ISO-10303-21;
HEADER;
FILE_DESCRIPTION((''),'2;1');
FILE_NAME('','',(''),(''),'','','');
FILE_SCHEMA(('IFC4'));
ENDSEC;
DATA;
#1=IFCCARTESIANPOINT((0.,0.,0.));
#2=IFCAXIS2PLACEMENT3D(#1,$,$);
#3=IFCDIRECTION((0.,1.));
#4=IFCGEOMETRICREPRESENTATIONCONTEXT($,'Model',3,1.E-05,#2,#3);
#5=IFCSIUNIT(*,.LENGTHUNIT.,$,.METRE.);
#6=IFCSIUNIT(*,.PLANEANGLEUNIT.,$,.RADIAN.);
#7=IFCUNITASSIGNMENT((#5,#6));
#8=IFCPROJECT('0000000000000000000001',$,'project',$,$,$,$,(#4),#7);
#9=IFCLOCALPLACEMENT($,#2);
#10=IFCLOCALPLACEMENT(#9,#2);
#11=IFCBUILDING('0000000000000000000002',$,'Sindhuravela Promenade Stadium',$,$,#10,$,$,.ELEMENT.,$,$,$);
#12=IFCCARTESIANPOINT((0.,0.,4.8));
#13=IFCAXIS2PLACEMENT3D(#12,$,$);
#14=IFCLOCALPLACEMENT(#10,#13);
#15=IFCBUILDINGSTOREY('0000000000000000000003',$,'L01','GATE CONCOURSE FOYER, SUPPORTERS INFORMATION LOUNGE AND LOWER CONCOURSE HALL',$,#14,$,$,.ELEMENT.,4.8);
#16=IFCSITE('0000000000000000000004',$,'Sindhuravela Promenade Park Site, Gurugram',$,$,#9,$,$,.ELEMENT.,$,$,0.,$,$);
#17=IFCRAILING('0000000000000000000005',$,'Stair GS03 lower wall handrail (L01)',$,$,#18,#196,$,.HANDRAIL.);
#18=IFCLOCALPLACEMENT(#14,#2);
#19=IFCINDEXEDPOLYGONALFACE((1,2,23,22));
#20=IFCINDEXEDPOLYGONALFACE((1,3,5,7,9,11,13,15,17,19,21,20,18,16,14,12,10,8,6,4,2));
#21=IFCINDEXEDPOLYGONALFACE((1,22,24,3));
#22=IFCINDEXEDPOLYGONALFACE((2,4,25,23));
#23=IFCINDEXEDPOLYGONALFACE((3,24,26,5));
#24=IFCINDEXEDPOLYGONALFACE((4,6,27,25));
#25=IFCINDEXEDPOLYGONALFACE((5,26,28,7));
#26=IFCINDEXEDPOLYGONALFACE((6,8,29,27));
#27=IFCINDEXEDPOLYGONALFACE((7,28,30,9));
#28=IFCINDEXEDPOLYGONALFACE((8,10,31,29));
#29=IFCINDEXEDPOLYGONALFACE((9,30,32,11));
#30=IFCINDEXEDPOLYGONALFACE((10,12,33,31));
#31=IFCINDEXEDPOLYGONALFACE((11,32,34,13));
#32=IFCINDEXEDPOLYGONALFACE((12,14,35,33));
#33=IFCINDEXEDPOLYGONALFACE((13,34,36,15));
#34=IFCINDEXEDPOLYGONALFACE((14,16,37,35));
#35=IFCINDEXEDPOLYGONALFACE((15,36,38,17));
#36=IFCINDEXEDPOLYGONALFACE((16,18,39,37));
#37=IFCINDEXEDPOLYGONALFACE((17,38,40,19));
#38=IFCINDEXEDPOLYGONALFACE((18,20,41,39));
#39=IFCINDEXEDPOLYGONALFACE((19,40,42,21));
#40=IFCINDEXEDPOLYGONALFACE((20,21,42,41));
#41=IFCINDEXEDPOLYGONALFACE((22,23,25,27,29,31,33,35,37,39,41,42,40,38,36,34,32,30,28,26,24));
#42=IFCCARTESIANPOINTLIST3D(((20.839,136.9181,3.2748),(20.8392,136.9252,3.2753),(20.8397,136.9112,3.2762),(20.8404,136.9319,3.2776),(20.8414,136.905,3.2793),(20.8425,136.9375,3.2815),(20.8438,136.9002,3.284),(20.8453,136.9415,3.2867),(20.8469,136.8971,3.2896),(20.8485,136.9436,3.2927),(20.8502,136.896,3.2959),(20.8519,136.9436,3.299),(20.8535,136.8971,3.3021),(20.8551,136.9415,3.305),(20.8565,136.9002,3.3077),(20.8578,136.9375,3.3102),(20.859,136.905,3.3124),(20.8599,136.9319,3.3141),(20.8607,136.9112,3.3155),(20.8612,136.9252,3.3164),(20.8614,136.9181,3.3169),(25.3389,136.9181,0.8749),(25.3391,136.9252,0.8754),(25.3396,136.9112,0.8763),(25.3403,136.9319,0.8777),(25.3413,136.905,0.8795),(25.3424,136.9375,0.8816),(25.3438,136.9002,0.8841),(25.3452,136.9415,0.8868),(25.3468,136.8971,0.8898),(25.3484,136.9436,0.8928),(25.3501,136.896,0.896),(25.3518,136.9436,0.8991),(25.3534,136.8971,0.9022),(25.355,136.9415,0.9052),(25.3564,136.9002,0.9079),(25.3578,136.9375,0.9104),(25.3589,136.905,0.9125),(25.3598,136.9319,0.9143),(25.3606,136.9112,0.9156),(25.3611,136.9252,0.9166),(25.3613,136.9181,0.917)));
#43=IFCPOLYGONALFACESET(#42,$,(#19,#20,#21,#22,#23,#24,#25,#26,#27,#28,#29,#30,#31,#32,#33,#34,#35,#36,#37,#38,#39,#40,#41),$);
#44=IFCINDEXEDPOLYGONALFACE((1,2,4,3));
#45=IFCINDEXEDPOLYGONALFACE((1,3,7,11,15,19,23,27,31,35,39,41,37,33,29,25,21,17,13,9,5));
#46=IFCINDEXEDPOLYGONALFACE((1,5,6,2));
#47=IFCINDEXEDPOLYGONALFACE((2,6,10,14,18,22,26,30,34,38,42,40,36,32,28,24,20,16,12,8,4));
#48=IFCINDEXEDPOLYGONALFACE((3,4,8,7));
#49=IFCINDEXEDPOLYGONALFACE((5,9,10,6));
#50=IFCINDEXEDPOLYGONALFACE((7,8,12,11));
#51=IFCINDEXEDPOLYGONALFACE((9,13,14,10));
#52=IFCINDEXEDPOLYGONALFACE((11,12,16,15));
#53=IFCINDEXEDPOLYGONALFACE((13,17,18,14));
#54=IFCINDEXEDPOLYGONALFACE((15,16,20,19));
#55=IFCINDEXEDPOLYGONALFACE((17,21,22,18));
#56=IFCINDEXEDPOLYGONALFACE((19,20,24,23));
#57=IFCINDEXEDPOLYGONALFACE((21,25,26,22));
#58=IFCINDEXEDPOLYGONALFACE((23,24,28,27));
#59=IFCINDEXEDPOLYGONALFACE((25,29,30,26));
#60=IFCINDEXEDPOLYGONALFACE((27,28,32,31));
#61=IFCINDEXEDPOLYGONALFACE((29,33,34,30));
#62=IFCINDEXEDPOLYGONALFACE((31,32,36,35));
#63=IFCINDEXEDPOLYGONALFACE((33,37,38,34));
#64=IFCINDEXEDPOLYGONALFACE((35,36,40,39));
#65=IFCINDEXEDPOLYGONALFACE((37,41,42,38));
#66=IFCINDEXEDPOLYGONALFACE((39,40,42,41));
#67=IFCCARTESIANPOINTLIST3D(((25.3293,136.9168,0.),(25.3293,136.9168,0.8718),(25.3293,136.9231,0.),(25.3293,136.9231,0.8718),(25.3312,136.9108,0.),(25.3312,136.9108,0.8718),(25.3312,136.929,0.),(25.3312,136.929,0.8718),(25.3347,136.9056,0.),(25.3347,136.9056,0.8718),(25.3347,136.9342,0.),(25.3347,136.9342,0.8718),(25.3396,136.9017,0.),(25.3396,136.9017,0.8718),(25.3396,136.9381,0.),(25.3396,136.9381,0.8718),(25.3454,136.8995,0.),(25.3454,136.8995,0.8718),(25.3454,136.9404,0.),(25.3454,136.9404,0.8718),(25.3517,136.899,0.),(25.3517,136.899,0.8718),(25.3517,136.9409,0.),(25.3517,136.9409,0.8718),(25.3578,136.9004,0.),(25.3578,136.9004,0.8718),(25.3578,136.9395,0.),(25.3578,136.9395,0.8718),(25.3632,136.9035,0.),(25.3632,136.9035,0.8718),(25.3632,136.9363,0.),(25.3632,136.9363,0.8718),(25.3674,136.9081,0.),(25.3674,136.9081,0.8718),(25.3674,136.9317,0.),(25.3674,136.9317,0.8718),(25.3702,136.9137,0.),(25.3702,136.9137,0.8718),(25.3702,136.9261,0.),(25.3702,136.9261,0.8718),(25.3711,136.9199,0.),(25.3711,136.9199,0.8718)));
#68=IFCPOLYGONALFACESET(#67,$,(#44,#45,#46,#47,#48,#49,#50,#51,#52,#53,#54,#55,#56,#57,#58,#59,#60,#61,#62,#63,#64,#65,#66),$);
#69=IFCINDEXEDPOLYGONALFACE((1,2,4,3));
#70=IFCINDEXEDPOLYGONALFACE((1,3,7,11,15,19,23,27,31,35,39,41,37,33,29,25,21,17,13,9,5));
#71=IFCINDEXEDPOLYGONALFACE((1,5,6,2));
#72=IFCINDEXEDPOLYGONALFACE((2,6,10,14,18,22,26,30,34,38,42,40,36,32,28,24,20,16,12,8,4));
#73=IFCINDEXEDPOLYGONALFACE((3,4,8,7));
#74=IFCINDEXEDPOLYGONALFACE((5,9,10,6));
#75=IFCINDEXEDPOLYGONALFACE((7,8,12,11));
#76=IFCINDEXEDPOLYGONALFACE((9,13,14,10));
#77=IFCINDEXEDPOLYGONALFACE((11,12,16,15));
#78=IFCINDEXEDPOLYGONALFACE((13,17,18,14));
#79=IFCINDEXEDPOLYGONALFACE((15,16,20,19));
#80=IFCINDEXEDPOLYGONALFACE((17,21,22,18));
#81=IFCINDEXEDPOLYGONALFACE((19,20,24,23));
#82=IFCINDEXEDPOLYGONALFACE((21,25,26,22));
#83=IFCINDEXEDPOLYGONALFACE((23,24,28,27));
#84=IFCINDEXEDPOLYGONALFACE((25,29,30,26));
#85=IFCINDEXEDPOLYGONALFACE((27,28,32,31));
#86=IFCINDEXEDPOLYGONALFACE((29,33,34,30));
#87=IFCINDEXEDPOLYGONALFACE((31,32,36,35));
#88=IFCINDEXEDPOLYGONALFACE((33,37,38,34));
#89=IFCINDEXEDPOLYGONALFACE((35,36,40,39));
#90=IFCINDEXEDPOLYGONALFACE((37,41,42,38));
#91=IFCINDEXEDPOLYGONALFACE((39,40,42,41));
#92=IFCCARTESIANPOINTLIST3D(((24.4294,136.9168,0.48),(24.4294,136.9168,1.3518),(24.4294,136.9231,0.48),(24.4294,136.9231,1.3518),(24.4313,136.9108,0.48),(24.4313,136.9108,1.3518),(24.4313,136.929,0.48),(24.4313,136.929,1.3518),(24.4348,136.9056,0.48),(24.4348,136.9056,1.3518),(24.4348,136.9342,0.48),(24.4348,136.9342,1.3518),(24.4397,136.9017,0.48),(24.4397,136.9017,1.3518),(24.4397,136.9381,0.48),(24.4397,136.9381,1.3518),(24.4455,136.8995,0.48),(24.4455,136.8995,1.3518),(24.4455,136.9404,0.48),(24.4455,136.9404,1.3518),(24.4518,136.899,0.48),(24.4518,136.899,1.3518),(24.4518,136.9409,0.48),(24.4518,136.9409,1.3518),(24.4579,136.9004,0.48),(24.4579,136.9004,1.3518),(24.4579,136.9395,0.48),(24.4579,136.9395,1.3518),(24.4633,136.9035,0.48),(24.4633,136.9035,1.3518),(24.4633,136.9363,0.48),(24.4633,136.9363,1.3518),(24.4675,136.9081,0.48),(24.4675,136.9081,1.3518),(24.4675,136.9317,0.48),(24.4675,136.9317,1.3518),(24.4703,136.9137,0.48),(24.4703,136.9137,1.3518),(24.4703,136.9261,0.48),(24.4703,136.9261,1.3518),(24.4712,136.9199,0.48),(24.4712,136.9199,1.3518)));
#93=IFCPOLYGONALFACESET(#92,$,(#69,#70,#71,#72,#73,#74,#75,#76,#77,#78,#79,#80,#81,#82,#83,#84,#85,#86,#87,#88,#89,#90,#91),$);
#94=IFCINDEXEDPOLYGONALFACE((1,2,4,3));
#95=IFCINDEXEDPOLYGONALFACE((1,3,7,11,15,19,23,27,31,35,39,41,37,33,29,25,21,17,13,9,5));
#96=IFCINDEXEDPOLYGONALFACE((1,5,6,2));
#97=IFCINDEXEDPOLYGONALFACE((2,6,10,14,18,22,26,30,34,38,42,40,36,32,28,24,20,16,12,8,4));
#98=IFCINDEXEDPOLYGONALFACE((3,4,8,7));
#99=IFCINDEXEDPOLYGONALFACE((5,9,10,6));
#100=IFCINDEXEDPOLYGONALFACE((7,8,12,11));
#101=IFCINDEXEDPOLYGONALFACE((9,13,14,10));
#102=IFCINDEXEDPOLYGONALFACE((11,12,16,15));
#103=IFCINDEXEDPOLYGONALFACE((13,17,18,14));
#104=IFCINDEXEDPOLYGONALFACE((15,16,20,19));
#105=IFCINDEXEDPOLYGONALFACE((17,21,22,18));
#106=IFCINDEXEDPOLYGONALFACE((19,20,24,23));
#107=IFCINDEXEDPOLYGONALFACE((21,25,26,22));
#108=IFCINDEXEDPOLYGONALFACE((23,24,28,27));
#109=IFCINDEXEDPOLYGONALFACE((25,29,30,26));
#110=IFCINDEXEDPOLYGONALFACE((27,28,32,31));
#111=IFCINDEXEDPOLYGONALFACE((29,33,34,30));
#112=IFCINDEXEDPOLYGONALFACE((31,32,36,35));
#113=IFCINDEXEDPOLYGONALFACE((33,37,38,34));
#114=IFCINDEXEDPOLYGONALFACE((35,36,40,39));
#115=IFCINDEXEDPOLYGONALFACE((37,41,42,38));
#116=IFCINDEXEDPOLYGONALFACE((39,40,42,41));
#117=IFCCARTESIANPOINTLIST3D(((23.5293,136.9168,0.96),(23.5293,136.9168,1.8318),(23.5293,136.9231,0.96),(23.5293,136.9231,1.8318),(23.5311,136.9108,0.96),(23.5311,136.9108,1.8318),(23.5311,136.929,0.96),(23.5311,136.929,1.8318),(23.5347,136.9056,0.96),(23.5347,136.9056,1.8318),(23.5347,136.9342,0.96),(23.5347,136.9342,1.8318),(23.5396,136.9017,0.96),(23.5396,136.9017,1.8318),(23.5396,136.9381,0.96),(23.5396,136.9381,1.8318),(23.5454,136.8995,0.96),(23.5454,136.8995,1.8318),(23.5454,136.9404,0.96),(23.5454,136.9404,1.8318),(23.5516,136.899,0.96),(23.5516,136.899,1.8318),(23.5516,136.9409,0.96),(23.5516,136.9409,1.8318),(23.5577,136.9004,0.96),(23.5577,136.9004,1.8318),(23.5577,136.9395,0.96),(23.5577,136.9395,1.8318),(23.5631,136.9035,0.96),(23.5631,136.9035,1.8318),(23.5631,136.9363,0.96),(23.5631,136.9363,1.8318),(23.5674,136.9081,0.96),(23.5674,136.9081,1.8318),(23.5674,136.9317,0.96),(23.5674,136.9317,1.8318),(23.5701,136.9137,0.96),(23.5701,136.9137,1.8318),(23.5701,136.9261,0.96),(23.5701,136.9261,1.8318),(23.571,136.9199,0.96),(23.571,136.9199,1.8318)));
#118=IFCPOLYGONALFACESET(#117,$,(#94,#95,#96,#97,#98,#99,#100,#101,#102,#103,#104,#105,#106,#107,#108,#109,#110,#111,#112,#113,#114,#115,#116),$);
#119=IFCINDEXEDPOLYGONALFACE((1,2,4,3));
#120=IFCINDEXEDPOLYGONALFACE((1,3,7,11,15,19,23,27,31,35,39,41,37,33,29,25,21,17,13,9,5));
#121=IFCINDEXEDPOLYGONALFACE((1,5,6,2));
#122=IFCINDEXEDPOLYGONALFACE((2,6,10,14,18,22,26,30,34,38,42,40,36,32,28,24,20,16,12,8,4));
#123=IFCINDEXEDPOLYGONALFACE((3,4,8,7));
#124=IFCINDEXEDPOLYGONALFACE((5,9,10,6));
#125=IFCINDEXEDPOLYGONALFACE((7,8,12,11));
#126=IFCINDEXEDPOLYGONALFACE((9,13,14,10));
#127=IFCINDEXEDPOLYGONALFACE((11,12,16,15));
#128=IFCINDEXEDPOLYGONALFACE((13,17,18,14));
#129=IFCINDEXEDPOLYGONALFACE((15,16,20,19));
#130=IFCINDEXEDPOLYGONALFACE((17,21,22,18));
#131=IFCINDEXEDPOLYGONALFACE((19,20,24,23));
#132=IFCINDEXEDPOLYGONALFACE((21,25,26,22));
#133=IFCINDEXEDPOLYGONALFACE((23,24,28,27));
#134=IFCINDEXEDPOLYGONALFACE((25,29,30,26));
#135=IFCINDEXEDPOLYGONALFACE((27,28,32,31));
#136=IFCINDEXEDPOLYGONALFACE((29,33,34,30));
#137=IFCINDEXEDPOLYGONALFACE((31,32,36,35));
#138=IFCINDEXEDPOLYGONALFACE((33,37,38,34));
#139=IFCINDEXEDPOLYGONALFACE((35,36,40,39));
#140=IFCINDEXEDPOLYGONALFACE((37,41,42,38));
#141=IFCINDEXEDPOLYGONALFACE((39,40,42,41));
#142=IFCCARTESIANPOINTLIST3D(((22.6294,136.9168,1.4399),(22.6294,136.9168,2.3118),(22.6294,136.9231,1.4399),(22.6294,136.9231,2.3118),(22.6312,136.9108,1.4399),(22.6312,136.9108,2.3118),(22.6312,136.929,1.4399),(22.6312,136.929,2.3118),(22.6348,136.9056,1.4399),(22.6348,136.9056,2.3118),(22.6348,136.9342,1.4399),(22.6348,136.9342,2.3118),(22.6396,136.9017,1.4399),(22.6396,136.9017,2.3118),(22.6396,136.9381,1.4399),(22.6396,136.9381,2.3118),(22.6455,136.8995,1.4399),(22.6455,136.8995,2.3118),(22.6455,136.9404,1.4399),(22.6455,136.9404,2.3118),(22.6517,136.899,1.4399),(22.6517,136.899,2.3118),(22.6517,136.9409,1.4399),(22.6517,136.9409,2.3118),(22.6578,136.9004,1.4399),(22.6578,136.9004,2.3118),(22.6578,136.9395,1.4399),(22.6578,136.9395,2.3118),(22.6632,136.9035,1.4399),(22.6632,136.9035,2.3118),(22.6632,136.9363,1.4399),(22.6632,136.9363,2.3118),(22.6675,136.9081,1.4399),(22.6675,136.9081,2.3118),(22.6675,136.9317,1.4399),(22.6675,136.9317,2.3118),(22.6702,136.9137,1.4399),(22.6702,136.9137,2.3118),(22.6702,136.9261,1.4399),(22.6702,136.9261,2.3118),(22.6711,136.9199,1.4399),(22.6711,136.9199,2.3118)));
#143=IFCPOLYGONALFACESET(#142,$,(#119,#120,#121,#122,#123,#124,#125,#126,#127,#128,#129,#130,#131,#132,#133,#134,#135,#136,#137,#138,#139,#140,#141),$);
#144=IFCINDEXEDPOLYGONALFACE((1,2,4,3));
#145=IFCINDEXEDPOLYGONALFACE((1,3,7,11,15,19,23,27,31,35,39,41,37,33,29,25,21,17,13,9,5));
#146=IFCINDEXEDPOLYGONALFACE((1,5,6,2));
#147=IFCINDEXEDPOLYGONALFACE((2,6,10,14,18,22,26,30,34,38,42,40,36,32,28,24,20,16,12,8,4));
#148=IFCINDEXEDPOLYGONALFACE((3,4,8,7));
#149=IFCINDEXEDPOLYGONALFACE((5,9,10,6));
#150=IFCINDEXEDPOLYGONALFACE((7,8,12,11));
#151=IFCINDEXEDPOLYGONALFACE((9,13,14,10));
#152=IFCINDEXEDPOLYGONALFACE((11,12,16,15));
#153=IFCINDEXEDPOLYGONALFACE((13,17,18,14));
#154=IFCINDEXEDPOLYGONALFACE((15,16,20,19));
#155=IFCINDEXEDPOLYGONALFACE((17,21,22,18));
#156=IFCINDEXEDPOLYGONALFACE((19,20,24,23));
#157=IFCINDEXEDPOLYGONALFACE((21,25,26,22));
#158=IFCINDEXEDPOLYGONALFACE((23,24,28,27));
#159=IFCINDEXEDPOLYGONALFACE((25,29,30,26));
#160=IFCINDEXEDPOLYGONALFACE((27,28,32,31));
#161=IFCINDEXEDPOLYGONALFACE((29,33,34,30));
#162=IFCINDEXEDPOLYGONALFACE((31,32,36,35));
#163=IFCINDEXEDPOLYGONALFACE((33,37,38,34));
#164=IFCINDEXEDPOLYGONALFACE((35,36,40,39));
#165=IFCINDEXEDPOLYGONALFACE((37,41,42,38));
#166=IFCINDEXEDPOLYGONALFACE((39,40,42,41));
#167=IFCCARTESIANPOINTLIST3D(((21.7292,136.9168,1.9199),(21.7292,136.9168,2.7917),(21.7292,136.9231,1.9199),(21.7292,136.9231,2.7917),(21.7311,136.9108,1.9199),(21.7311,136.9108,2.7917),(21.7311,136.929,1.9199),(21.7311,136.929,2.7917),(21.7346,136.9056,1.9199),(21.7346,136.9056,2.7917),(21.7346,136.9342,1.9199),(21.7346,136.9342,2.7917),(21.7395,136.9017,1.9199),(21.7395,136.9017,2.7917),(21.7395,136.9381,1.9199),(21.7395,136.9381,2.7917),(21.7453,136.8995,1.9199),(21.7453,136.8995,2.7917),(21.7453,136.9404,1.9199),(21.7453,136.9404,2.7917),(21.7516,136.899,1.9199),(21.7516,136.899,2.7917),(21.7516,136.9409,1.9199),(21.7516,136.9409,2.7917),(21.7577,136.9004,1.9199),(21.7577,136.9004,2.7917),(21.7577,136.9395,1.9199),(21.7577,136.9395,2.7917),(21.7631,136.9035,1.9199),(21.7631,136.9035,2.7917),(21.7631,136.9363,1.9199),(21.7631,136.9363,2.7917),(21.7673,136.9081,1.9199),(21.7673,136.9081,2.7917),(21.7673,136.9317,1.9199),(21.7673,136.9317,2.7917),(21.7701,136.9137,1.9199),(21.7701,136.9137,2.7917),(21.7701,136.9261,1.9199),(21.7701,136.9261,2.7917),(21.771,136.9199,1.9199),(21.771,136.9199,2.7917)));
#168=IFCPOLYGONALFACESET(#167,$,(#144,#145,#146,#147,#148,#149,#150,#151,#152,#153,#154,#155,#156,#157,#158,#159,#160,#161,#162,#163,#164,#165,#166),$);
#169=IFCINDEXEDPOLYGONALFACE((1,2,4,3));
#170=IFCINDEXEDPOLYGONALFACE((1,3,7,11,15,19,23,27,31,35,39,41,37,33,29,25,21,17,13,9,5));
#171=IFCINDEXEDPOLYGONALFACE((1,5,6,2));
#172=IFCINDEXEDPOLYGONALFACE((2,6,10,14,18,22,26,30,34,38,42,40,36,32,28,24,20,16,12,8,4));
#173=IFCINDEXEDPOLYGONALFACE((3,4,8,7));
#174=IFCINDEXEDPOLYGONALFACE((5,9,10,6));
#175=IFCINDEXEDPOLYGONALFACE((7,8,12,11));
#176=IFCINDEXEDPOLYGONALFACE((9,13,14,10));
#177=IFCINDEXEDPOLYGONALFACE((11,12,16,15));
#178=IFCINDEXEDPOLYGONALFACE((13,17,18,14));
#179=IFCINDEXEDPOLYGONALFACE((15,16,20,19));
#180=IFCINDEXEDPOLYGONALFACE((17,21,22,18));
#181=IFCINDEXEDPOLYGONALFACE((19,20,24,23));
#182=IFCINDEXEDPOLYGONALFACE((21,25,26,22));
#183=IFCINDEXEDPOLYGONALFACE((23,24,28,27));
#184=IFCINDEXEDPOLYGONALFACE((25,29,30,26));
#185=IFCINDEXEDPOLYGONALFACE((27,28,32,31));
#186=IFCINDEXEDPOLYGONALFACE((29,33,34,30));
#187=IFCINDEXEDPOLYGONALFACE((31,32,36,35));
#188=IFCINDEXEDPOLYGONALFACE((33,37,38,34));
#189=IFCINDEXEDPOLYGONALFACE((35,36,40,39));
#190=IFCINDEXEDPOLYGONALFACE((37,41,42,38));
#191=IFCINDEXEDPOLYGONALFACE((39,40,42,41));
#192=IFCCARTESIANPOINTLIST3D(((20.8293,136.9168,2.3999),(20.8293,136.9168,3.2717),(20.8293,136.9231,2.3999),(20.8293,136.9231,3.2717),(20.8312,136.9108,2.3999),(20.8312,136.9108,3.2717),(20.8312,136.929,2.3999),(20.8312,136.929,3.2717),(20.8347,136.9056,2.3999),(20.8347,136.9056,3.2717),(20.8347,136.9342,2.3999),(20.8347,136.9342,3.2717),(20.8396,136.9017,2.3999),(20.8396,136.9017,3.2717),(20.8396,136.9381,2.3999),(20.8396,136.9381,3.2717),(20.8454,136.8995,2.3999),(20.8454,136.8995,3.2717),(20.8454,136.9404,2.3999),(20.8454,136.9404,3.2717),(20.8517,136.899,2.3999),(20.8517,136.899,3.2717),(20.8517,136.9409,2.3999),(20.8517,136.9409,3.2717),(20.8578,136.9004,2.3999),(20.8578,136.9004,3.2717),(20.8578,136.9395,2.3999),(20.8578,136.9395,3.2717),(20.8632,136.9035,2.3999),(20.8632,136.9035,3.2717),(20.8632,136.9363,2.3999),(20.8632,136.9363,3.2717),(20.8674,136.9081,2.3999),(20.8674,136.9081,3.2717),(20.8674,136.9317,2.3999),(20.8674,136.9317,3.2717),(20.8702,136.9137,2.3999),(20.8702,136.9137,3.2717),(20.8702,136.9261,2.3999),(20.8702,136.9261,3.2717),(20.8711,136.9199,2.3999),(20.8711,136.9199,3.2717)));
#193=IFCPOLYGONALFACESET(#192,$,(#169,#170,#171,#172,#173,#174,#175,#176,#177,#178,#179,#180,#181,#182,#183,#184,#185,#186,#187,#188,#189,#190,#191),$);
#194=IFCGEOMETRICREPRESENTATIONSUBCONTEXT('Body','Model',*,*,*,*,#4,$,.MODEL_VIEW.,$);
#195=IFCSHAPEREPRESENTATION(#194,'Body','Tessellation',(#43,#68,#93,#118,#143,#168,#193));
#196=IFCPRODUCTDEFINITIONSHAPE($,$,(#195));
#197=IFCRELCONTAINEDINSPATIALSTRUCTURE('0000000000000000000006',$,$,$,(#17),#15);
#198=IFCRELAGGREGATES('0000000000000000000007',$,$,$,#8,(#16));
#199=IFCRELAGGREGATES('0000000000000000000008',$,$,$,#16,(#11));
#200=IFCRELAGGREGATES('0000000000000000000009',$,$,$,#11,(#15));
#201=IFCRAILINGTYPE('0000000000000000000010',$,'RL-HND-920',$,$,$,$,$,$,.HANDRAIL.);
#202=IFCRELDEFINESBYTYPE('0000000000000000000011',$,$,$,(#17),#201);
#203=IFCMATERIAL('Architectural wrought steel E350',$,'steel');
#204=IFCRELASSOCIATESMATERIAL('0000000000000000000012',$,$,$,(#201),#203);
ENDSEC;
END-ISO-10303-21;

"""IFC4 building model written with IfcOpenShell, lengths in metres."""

from ifc_helpers import new_model, si_unit, direction, frame, origin, origin_2d, place, context, subcontext, project, spatial, circle, extrude, material, type_object, element, save


model = new_model("IFC4")

# Units and contexts
model_context = context("Model", 3, precision=1e-05, world=origin(), true_north=direction((0.0, 1.0)))
body_context = subcontext(model_context, "Body", "Model", "MODEL_VIEW")
ifc_project = project(units=[si_unit("LENGTHUNIT", "METRE"), si_unit("PLANEANGLEUNIT", "RADIAN")], contexts=[model_context])

# Site, building, storey
site_placement = place(None, origin())
site = spatial("IfcSite", under=ifc_project, at=site_placement, Name="Sindhuravela Promenade Park Site, Gurugram", CompositionType="ELEMENT", RefElevation=0.0)
building_placement = place(site_placement, origin())
building = spatial("IfcBuilding", under=site, at=building_placement, Name="Sindhuravela Promenade Stadium", CompositionType="ELEMENT")
storey_placement = place(building_placement, frame((0.0, 0.0, 4.8)))
storey = spatial("IfcBuildingStorey", under=building, at=storey_placement, Name="L01", Description="GATE CONCOURSE FOYER, SUPPORTERS INFORMATION LOUNGE AND LOWER CONCOURSE HALL", CompositionType="ELEMENT", Elevation=4.8)

# Shared definitions
ifc_material_1 = material(Name="Architectural wrought steel E350", Category="steel")

# Railing
railing_type_1 = type_object("IfcRailingType", Name="RL-HND-920", PredefinedType="HANDRAIL", material=ifc_material_1)
railing_1_placement = place(storey_placement, frame((25.3501, 136.9199, 0.0)))
element("IfcRailing", 1, at=railing_1_placement, inside=storey, type_object=railing_type_1, Name="Stair GS03 lower wall handrail (L01)", PredefinedType="HANDRAIL", context=body_context, shape_type="SweptSolid", body=[
    extrude(circle(Radius=0.0239, at=origin_2d()), frame((0.0, 0.0, 0.896), z_axis=(-0.882361, 0.0, 0.470573), x_axis=(0.0, -1.0, 0.0)), (0.0, 0.0, 1.0), 5.0999),
    extrude(circle(Radius=0.021, at=origin_2d()), origin(), (0.0, 0.0, 1.0), 0.8718),
    extrude(circle(Radius=0.021, at=origin_2d()), frame((-0.8999, 0.0, 0.48)), (0.0, 0.0, 1.0), 0.8718),
    extrude(circle(Radius=0.021, at=origin_2d()), frame((-1.8, 0.0, 0.96)), (0.0, 0.0, 1.0), 0.8718),
    extrude(circle(Radius=0.021, at=origin_2d()), frame((-2.7, 0.0, 1.4399)), (0.0, 0.0, 1.0), 0.8718),
    extrude(circle(Radius=0.021, at=origin_2d()), frame((-3.6001, 0.0, 1.9199)), (0.0, 0.0, 1.0), 0.8718),
    extrude(circle(Radius=0.021, at=origin_2d()), frame((-4.5, 0.0, 2.3999)), (0.0, 0.0, 1.0), 0.8718),
])

save(model, "model.ifc")
